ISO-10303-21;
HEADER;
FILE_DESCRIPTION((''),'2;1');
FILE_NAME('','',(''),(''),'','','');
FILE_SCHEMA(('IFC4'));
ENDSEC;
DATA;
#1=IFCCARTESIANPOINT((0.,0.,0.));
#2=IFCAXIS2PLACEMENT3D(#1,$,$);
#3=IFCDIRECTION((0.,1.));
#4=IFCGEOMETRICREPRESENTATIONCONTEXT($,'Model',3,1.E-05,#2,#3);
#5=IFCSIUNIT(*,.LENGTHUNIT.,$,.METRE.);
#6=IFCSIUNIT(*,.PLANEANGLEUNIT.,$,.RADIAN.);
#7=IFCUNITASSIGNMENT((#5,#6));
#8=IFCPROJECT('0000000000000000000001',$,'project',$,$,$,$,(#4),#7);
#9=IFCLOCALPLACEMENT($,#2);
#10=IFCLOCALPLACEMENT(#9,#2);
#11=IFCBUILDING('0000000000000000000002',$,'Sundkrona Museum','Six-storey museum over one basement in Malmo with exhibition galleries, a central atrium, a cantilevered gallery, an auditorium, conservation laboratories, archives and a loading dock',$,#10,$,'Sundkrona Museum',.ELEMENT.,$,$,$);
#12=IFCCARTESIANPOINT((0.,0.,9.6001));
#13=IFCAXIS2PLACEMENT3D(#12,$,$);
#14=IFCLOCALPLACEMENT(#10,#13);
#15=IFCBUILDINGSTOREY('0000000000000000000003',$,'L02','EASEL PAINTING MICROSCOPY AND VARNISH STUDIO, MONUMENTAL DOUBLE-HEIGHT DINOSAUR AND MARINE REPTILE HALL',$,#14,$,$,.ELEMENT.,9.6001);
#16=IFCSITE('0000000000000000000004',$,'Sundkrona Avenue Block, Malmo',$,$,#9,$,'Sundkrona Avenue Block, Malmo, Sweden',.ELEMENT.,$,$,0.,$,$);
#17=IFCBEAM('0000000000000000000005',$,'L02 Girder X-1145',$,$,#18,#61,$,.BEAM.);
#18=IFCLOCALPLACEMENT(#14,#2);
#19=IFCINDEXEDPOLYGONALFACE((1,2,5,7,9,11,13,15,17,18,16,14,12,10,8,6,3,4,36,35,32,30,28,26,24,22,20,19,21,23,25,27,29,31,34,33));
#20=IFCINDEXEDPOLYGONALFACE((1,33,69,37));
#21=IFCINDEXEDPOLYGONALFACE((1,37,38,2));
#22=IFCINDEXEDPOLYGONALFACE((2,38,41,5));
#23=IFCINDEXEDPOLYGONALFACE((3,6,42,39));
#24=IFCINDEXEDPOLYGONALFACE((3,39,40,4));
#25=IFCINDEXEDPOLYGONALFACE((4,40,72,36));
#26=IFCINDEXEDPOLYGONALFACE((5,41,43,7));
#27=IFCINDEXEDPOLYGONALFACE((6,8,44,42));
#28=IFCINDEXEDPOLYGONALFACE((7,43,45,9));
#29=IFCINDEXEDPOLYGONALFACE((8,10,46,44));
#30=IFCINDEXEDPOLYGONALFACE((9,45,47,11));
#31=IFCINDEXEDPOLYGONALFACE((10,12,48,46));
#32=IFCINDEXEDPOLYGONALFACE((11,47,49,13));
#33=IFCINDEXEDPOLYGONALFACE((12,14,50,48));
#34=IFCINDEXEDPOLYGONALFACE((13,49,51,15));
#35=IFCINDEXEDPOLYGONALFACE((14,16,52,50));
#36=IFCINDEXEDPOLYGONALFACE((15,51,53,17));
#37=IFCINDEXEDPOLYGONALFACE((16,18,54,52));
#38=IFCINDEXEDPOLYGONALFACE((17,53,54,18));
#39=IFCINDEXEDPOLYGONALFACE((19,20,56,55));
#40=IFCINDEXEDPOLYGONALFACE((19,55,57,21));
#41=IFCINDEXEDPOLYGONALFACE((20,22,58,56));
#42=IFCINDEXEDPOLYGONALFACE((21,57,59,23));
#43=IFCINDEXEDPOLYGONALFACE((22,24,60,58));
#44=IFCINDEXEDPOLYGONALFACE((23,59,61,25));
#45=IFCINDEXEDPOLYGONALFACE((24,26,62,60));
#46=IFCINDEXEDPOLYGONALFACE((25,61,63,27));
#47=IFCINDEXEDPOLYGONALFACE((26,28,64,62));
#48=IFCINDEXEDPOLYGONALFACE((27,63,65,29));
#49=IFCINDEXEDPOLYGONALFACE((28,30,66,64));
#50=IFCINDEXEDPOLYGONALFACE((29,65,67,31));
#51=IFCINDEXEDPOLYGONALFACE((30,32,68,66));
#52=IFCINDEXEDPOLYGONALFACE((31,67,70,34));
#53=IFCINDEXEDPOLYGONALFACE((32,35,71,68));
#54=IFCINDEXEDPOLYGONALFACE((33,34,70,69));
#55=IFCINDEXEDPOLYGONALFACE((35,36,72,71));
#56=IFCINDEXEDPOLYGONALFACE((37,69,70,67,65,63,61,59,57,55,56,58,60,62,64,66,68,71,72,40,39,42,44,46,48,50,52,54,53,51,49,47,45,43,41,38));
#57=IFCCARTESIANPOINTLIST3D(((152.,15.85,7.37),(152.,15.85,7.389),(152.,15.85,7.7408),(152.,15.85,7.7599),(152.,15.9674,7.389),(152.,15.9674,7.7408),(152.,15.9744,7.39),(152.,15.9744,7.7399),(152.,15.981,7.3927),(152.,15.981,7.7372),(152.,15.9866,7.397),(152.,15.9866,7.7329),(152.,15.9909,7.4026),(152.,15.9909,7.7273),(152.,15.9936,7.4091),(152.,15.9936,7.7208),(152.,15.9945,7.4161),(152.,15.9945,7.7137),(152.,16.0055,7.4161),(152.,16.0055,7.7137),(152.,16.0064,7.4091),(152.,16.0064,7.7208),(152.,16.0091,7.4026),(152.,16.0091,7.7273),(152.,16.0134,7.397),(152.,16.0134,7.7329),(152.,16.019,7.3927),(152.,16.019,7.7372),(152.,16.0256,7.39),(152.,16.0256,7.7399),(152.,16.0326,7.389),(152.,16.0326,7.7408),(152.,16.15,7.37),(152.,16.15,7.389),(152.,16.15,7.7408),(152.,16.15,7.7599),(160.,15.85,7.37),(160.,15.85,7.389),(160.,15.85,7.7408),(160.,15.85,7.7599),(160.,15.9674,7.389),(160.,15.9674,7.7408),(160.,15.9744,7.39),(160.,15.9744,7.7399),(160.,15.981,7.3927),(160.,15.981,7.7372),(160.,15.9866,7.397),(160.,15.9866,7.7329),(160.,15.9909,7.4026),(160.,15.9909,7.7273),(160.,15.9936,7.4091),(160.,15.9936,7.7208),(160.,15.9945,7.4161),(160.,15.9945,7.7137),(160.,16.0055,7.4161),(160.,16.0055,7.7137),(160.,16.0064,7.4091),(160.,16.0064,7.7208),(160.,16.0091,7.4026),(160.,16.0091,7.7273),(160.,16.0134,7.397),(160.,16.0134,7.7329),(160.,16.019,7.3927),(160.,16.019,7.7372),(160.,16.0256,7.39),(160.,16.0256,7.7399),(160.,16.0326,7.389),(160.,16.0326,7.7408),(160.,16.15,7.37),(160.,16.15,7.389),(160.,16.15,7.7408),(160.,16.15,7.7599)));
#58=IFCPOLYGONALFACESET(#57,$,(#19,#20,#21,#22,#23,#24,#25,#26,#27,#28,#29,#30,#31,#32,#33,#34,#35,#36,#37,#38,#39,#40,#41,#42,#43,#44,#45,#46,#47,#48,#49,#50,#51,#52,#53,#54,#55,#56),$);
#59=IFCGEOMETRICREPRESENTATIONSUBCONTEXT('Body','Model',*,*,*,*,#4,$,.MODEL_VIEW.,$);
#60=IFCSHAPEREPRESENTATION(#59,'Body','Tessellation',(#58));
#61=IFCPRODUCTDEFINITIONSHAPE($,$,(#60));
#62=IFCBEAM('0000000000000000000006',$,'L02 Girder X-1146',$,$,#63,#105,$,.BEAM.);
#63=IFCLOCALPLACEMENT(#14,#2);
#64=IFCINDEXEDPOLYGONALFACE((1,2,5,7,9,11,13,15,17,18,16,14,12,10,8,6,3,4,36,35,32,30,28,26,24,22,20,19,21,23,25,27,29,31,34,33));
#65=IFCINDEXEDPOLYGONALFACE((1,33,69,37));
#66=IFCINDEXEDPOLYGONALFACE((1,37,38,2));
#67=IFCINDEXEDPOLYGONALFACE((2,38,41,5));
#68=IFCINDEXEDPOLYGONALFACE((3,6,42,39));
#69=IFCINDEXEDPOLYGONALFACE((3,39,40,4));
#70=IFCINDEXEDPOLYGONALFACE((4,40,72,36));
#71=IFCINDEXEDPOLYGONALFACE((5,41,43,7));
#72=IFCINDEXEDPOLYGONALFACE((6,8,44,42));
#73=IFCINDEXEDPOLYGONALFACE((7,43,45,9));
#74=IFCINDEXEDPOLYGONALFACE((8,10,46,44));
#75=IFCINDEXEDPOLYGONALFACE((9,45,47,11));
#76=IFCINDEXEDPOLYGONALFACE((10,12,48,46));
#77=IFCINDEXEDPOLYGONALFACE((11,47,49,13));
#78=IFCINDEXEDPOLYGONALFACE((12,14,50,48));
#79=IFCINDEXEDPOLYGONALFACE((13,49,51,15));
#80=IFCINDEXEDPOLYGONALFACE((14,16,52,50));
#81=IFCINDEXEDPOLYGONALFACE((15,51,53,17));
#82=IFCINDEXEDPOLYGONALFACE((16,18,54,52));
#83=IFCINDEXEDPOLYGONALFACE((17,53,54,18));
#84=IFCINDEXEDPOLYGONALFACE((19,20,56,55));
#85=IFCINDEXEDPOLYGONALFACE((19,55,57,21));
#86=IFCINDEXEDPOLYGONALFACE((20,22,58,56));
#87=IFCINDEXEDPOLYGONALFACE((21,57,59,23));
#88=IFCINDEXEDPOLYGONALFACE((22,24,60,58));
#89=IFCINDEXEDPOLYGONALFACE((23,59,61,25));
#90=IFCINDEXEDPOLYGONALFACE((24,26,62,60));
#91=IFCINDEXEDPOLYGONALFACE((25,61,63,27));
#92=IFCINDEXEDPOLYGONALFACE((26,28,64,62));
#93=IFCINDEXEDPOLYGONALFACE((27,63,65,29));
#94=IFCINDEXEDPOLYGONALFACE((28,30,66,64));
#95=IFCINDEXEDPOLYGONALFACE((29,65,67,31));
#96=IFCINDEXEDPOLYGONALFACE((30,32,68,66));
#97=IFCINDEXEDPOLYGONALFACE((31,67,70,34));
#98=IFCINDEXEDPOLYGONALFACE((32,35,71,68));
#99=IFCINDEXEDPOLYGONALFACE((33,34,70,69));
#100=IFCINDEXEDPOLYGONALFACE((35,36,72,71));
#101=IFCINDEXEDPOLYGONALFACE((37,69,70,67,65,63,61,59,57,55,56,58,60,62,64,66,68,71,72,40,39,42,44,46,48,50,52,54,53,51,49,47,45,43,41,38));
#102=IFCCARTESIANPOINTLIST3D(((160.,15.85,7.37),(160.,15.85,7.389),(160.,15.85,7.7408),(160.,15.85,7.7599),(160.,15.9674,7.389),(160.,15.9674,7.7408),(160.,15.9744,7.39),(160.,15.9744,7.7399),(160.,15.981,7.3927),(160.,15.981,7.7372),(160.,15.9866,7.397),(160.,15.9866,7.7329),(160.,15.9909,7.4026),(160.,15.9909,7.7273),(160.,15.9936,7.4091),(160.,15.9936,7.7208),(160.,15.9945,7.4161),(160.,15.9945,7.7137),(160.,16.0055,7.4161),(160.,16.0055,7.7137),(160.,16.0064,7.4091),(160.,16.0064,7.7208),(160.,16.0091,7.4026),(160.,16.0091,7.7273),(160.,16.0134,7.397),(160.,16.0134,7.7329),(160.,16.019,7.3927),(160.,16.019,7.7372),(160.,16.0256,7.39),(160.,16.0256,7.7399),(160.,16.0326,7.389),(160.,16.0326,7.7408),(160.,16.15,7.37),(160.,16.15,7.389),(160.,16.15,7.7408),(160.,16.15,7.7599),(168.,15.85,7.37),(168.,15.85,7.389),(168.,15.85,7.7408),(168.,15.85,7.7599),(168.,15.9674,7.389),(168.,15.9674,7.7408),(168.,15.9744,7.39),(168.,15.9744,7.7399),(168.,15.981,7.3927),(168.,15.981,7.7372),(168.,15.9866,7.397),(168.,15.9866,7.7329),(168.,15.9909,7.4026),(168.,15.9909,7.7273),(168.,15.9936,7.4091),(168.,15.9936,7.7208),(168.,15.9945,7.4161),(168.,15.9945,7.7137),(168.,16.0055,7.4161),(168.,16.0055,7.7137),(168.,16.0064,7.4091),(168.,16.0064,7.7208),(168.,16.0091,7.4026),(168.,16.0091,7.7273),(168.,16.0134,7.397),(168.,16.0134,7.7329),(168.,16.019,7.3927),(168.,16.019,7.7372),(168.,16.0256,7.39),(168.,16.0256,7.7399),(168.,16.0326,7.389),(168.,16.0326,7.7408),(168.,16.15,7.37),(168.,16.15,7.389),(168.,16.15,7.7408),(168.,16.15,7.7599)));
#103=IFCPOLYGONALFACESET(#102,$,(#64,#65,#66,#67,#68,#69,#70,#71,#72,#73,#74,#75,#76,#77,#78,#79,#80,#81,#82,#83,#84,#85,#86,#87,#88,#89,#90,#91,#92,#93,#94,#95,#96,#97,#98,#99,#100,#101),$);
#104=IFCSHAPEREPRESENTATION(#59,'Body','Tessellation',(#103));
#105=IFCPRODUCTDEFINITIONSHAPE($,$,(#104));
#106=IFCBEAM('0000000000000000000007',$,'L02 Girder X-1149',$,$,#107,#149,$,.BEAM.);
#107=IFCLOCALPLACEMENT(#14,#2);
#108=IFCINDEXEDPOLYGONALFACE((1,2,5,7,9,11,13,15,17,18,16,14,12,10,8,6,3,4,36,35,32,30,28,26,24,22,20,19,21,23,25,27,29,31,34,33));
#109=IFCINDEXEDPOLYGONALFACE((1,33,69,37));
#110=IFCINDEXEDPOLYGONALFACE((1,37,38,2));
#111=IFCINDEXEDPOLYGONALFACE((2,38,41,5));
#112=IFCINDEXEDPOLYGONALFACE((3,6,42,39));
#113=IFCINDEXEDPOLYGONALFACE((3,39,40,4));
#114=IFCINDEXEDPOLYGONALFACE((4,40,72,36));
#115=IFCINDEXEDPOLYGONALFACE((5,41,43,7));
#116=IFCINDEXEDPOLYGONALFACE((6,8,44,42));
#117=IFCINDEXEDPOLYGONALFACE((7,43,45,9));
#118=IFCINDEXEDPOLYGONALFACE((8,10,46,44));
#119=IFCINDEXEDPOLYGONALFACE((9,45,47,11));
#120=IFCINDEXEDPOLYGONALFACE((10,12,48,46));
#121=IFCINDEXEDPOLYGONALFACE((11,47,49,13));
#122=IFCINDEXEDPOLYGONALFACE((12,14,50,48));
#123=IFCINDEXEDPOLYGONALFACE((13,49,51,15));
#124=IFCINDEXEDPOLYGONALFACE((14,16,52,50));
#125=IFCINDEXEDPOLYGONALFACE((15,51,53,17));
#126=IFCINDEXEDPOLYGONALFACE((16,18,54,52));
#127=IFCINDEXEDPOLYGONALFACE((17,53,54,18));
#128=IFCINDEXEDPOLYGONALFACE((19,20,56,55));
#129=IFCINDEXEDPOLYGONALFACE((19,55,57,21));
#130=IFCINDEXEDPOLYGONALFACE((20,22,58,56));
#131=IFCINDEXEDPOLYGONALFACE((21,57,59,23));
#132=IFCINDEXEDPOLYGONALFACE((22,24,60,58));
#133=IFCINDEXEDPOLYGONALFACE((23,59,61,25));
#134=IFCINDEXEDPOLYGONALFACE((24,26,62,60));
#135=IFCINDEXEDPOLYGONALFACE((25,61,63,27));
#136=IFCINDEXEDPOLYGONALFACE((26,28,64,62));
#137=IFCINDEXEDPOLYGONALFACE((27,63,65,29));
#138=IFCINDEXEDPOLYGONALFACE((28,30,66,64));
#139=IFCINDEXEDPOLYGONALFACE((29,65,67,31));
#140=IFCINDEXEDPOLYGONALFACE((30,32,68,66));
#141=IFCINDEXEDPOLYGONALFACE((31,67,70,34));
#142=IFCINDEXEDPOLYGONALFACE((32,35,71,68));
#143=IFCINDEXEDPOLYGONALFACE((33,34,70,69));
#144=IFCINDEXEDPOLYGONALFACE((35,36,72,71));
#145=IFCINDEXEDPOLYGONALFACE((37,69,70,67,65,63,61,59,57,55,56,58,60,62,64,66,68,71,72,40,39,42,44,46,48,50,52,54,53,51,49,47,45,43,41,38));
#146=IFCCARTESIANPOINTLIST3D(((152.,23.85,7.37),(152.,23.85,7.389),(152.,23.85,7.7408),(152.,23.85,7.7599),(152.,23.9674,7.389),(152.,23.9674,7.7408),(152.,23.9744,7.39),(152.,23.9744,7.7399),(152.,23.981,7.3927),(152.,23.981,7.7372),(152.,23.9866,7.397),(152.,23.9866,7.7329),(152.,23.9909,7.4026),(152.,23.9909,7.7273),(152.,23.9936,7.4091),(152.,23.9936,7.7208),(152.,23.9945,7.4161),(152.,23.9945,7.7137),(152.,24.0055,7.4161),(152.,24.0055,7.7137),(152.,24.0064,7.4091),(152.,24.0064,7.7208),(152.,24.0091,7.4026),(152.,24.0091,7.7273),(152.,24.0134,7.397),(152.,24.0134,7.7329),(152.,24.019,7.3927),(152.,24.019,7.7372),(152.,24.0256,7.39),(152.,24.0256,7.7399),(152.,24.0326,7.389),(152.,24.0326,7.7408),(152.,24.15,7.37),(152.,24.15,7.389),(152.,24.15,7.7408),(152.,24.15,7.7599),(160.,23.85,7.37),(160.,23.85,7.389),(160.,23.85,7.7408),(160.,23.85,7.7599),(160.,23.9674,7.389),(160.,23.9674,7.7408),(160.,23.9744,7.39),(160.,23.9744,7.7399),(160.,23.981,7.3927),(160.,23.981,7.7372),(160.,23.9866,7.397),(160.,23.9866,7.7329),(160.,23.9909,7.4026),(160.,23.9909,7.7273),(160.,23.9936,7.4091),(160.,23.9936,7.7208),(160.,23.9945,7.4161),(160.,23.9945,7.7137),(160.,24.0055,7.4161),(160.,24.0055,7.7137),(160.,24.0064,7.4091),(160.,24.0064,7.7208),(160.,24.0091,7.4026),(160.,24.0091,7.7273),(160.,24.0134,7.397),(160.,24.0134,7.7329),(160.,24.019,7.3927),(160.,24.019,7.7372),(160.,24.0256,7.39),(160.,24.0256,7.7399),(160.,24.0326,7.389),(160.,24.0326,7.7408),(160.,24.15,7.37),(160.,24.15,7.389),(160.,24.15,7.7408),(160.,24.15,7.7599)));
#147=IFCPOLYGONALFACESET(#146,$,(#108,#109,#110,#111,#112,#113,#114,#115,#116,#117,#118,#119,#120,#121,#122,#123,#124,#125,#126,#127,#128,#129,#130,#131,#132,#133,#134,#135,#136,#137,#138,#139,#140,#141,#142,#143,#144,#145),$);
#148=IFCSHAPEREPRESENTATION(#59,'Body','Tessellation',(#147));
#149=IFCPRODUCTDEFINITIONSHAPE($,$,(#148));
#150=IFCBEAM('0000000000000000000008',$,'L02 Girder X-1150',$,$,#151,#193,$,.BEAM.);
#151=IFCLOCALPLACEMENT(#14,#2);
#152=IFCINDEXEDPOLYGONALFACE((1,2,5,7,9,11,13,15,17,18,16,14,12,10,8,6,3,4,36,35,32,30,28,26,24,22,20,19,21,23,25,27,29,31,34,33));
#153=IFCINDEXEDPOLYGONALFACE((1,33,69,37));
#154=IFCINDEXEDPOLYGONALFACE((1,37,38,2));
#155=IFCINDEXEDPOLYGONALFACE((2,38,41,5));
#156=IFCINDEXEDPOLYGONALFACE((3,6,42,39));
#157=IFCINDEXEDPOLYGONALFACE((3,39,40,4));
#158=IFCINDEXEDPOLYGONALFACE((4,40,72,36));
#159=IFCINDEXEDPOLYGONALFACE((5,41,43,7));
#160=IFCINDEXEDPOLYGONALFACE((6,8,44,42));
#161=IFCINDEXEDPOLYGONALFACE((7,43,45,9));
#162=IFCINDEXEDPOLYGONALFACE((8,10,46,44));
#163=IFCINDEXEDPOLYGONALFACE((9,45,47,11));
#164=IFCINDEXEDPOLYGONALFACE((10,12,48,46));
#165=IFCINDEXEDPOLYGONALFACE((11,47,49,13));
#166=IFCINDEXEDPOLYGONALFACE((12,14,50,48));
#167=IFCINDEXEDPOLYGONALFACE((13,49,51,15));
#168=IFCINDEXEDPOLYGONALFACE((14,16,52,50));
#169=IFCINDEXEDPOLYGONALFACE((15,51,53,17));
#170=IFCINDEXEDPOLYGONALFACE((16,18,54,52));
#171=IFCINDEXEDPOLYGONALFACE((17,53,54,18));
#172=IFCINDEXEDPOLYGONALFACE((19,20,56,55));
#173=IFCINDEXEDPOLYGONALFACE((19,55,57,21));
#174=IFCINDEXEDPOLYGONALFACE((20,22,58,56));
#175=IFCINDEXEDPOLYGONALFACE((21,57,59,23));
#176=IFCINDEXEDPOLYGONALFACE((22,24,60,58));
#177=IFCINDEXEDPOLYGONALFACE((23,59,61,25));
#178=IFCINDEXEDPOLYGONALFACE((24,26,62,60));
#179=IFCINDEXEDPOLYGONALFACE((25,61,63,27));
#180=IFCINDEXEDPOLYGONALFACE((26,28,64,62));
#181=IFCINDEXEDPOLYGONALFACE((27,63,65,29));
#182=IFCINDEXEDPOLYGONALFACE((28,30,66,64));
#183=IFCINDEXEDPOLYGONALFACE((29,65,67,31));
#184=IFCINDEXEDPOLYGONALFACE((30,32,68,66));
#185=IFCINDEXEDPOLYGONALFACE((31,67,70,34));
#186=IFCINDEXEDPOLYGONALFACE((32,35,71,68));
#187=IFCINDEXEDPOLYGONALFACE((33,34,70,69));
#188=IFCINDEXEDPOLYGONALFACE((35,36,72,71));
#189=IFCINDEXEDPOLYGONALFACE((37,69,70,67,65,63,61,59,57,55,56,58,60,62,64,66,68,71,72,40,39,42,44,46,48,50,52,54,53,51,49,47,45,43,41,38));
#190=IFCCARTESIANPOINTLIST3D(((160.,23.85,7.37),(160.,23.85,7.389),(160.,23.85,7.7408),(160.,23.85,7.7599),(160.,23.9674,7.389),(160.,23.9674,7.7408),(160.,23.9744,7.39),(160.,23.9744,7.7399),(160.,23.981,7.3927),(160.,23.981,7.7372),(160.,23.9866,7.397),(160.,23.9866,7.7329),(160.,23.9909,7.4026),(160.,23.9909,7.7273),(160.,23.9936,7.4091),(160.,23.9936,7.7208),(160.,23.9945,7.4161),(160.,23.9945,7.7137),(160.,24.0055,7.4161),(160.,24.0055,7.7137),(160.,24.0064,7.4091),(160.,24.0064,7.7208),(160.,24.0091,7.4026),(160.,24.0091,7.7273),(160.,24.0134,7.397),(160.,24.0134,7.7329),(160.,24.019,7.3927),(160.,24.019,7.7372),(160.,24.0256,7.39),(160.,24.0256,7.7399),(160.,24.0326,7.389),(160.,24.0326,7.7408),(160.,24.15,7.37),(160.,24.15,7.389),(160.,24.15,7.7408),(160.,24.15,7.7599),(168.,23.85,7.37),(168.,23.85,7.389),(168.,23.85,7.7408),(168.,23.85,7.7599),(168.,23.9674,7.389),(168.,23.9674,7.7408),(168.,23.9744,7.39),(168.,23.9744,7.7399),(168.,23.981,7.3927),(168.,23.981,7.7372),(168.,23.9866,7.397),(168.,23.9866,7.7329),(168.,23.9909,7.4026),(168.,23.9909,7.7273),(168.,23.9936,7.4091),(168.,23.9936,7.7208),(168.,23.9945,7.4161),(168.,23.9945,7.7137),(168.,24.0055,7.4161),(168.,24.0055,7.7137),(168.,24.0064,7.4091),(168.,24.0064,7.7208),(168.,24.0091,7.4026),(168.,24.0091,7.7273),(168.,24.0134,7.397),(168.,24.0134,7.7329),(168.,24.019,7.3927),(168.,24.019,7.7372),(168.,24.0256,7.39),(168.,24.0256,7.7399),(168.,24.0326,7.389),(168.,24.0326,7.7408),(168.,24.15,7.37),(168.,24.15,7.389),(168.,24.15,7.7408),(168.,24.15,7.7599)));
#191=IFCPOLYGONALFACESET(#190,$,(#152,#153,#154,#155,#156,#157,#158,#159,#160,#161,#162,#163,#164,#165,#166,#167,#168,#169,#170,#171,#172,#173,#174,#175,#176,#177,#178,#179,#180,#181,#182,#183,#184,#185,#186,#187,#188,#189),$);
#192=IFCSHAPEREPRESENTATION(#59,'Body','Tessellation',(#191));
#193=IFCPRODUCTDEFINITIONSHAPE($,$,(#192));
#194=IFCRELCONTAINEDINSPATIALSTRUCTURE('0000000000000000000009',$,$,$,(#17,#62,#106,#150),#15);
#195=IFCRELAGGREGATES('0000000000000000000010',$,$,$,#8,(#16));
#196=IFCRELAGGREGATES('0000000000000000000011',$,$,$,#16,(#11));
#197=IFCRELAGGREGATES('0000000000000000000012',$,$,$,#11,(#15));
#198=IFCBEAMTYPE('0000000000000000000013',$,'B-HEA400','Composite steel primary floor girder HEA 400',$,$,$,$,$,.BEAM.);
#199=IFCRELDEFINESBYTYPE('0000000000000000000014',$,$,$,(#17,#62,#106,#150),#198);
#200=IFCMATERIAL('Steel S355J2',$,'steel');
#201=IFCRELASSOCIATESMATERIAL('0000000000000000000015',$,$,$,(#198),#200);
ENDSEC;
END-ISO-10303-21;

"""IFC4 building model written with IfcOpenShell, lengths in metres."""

from ifc_helpers import new_model, si_unit, direction, frame, origin, origin_2d, place, context, subcontext, project, spatial, i_section, extrude, material, material_profile, profile_set, type_object, element, save


model = new_model("IFC4")

# Units and contexts
model_context = context("Model", 3, precision=1e-05, world=origin(), true_north=direction((0.0, 1.0)))
body_context = subcontext(model_context, "Body", "Model", "MODEL_VIEW")
ifc_project = project(units=[si_unit("LENGTHUNIT", "METRE"), si_unit("PLANEANGLEUNIT", "RADIAN")], contexts=[model_context])

# Site, building, storey
site_placement = place(None, origin())
site = spatial("IfcSite", under=ifc_project, at=site_placement, Name="Sundkrona Avenue Block, Malmo", LongName="Sundkrona Avenue Block, Malmo, Sweden", CompositionType="ELEMENT", RefElevation=0.0)
building_placement = place(site_placement, origin())
building = spatial("IfcBuilding", under=site, at=building_placement, Name="Sundkrona Museum", Description="Six-storey museum over one basement in Malmo with exhibition galleries, a central atrium, a cantilevered gallery, an auditorium, conservation laboratories, archives and a loading dock", LongName="Sundkrona Museum", CompositionType="ELEMENT")
storey_placement = place(building_placement, frame((0.0, 0.0, 9.6001)))
storey = spatial("IfcBuildingStorey", under=building, at=storey_placement, Name="L02", Description="EASEL PAINTING MICROSCOPY AND VARNISH STUDIO, MONUMENTAL DOUBLE-HEIGHT DINOSAUR AND MARINE REPTILE HALL", CompositionType="ELEMENT", Elevation=9.6001)

# Shared definitions
ifc_material_1 = material(Name="Steel S355J2", Category="steel")

# Beams
ifc_material_profile_1 = material_profile(ifc_material_1, i_section(OverallWidth=0.3, OverallDepth=0.3899, WebThickness=0.011, FlangeThickness=0.019, FilletRadius=0.0271, at=origin_2d()), Name="HEA 400")
ifc_profile_set_1 = profile_set([ifc_material_profile_1], Name="Steel S355J2")
beam_type_1 = type_object("IfcBeamType", Name="B-HEA400", Description="Composite steel primary floor girder HEA 400", PredefinedType="BEAM", material=ifc_profile_set_1)
for number, where, z_axis, x_axis, name in (
    (1, (152.0, 16.0, 7.5649), (1.0, 0.0, 0.0), (0.0, 1.0, 0.0), "L02 Girder X-1145"),
    (2, (160.0, 16.0, 7.5649), (1.0, 0.0, 0.0), (0.0, 1.0, 0.0), "L02 Girder X-1146"),
    (3, (152.0, 24.0, 7.5649), (1.0, 0.0, 0.0), (0.0, 1.0, 0.0), "L02 Girder X-1149"),
    (4, (160.0, 24.0, 7.5649), (1.0, 0.0, 0.0), (0.0, 1.0, 0.0), "L02 Girder X-1150"),
):
    element("IfcBeam", number, at=place(storey_placement, frame(where, z_axis=z_axis, x_axis=x_axis)), inside=storey, type_object=beam_type_1, Name=name, PredefinedType="BEAM", context=body_context, shape_type="SweptSolid", body=[
        extrude(i_section(OverallWidth=0.3, OverallDepth=0.3899, WebThickness=0.011, FlangeThickness=0.019, FilletRadius=0.0271, at=origin_2d()), origin(), (0.0, 0.0, 1.0), 8.0),
    ])

save(model, "model.ifc")
